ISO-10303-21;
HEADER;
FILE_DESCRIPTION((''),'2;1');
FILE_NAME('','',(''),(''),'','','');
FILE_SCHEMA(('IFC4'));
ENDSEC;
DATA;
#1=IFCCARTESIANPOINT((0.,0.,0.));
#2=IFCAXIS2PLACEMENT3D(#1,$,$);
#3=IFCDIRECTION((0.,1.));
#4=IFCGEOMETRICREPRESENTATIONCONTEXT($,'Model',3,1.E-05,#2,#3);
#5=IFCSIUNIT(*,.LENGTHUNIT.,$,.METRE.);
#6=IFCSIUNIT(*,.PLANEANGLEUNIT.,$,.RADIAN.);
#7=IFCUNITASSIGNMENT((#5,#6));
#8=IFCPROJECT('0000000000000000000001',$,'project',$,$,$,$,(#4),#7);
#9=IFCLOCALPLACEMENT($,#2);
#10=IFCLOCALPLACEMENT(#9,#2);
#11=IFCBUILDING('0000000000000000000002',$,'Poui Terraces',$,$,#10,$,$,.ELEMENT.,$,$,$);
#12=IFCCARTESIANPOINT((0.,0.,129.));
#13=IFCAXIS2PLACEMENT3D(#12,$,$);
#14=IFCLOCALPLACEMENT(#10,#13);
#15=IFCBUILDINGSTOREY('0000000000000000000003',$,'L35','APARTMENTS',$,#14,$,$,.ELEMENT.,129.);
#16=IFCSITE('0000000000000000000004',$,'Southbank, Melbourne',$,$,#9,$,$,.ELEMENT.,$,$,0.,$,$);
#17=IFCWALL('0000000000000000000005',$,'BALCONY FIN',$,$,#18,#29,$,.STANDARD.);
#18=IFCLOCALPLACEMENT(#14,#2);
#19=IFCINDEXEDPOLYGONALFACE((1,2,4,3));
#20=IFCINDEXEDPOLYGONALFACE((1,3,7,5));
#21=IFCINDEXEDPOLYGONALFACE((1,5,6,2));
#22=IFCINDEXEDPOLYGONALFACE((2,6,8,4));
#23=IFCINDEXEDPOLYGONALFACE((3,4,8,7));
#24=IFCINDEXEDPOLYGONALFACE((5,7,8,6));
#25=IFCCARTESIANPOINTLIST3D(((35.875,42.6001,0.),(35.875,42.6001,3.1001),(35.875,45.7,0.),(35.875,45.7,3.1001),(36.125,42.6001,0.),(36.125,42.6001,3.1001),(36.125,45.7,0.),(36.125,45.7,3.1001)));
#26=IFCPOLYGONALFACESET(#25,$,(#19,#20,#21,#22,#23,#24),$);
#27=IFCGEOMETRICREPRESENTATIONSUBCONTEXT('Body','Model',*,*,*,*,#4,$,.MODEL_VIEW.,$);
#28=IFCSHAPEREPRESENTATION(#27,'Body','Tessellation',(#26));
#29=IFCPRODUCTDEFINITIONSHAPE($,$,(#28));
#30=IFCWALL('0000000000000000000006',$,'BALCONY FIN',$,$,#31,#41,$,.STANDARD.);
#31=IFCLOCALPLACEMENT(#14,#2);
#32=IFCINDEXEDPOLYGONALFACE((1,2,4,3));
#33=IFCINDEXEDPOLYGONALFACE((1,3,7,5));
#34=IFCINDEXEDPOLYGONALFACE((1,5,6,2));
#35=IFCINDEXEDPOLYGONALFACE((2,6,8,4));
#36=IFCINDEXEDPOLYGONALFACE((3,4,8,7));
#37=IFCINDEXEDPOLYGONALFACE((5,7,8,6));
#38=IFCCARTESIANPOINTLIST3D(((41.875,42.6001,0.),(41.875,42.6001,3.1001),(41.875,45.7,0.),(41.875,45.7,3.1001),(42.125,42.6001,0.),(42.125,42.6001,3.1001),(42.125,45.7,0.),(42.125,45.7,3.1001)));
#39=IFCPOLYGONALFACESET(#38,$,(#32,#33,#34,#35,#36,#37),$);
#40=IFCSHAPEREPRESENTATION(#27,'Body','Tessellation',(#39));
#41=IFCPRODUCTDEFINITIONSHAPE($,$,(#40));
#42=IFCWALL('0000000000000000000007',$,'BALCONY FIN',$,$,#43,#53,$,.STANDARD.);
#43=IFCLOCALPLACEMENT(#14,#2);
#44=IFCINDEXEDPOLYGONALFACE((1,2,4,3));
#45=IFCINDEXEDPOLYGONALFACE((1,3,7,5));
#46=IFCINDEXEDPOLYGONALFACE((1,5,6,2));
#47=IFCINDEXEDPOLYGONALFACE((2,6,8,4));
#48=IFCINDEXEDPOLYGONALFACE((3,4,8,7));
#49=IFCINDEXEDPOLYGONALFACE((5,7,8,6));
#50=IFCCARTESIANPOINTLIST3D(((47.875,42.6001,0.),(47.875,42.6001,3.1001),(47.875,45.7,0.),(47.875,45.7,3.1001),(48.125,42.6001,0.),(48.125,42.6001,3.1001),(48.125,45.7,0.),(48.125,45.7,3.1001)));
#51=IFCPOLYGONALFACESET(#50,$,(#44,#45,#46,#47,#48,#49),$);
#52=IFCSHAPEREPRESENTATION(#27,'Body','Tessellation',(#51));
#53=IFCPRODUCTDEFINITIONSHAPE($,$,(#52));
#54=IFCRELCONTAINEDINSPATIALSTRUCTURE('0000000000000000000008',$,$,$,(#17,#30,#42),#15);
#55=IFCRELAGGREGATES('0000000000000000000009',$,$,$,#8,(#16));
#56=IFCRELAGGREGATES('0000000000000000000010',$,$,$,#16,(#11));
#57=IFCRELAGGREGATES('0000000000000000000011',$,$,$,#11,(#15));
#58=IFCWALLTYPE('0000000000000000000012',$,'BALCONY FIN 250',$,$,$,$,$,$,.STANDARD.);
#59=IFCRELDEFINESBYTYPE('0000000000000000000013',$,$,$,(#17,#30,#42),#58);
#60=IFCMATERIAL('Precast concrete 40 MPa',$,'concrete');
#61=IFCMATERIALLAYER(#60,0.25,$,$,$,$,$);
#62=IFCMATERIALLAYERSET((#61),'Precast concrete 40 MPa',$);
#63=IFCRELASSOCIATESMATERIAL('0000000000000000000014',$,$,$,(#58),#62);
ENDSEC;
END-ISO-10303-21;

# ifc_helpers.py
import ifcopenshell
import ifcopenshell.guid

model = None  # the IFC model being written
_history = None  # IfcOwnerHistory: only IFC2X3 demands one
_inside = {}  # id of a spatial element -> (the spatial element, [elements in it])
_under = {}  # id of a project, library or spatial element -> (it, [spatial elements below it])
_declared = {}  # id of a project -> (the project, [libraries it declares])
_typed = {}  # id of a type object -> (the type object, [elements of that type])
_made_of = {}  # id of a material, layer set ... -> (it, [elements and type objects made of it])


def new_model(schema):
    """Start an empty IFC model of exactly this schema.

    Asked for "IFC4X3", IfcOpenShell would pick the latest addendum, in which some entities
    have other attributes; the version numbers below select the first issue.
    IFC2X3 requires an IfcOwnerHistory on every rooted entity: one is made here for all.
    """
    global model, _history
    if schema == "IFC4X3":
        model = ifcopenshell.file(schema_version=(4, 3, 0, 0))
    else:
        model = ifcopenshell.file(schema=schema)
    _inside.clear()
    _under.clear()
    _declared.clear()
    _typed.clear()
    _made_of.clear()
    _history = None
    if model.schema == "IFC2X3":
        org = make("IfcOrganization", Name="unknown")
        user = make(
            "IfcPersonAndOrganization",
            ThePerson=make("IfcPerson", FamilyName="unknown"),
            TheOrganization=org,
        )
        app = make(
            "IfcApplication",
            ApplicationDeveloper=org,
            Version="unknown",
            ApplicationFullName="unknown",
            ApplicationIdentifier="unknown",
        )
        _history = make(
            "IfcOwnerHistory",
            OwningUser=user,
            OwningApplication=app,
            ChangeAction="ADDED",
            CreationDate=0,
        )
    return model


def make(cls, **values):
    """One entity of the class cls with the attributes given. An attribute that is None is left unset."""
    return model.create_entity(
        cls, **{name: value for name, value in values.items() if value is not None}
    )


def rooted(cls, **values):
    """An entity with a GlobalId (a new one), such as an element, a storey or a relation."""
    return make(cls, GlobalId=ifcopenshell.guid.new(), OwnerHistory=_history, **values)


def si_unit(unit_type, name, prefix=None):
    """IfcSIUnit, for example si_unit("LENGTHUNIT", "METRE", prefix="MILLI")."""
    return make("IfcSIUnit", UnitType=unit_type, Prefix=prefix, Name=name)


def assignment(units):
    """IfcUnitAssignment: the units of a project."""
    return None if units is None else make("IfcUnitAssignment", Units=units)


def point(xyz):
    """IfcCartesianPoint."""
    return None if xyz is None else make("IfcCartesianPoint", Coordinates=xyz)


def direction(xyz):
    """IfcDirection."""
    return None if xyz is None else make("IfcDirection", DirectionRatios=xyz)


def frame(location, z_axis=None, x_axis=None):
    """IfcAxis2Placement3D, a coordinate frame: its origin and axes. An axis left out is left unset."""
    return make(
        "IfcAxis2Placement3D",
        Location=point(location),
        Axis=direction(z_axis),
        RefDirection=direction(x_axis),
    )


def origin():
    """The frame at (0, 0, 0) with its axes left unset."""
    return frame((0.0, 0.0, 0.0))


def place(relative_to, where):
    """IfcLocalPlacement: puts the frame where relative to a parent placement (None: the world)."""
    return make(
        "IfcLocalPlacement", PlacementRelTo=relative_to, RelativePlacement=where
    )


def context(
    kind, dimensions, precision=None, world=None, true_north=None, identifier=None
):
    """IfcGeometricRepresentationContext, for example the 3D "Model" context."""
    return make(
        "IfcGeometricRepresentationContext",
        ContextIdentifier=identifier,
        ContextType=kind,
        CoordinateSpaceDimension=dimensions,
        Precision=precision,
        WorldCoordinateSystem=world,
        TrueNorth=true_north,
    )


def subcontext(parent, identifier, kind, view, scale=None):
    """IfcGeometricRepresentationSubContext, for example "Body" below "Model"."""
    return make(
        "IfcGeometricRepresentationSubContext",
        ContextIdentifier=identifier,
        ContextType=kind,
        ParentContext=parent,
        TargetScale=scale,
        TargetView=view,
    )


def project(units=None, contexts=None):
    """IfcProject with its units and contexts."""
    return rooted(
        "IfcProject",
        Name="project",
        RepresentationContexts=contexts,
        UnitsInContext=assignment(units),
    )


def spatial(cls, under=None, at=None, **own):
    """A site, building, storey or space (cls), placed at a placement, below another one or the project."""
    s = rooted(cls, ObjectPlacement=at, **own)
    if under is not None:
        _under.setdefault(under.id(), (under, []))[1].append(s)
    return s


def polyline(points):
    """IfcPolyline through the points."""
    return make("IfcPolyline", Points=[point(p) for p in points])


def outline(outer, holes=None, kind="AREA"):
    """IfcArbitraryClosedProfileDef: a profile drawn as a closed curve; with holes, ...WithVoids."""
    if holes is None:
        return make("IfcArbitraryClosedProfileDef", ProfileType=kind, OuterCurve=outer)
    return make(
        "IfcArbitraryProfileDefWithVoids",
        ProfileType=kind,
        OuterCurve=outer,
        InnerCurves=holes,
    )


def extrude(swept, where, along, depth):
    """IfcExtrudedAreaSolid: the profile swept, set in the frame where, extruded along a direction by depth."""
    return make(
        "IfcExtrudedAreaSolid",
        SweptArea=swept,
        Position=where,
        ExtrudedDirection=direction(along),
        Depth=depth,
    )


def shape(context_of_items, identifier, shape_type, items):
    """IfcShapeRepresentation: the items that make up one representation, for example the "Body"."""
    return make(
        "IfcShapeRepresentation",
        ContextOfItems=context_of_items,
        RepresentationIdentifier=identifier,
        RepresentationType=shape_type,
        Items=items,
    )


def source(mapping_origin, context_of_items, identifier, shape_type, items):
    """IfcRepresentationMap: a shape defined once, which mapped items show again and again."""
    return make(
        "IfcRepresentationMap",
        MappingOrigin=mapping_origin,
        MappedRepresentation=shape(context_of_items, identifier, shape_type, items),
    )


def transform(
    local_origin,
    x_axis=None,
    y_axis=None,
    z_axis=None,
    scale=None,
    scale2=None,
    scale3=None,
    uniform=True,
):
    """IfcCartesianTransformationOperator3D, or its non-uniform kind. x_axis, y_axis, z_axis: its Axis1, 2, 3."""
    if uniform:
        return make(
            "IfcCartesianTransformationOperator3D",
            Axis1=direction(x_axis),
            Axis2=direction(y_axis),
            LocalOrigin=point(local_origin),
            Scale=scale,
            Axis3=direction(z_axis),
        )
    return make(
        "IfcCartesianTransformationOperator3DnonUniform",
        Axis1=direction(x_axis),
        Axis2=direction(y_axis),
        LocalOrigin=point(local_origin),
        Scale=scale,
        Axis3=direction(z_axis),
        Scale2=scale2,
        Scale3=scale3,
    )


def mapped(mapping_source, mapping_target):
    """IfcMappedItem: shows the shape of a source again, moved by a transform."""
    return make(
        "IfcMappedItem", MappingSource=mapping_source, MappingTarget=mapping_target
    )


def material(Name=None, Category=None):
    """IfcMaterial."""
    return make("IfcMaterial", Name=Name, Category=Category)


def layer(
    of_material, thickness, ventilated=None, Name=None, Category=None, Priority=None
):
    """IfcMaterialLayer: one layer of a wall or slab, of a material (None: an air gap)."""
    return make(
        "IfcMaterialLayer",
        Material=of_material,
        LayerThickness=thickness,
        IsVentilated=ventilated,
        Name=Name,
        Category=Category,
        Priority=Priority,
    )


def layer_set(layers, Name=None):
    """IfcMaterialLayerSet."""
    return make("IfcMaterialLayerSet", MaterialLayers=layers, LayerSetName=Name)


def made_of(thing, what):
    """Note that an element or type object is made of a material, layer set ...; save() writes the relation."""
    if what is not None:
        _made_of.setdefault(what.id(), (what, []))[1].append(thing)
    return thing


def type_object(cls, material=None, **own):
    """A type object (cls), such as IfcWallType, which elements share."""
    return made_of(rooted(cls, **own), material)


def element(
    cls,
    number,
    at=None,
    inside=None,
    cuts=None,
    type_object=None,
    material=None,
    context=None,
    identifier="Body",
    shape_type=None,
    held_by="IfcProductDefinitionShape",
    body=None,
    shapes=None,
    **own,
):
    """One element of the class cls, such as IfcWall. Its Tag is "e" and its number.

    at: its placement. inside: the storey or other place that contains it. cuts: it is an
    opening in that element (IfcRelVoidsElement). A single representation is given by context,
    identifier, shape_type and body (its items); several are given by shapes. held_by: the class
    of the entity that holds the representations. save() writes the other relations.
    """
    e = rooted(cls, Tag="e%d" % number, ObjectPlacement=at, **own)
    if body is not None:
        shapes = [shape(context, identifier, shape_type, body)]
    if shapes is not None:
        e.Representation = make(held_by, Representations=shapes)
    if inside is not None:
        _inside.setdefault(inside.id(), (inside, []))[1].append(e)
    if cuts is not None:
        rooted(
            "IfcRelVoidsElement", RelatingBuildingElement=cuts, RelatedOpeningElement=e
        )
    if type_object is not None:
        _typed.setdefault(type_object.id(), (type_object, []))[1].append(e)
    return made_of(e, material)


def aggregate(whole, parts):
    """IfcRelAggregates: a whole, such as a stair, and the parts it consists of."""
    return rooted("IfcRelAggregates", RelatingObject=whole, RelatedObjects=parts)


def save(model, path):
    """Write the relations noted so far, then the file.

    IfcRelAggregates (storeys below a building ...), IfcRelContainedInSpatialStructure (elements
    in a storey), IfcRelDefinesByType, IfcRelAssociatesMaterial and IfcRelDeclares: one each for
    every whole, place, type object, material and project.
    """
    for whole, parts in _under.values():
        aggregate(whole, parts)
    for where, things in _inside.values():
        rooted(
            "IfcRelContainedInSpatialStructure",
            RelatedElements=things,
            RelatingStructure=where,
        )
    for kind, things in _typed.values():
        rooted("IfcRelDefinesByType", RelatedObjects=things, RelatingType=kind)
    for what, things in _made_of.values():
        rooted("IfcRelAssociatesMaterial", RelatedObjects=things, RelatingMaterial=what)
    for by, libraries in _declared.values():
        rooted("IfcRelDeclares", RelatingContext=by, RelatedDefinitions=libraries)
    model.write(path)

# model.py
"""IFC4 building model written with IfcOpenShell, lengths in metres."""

from ifc_helpers import new_model, si_unit, direction, frame, origin, place, context, subcontext, project, spatial, polyline, outline, extrude, source, transform, mapped, material, layer, layer_set, type_object, element, save


model = new_model("IFC4")

# Units and contexts
model_context = context("Model", 3, precision=1e-05, world=origin(), true_north=direction((0.0, 1.0)))
body_context = subcontext(model_context, "Body", "Model", "MODEL_VIEW")
ifc_project = project(units=[si_unit("LENGTHUNIT", "METRE"), si_unit("PLANEANGLEUNIT", "RADIAN")], contexts=[model_context])

# Site, building, storey
site_placement = place(None, origin())
site = spatial("IfcSite", under=ifc_project, at=site_placement, Name="Southbank, Melbourne", CompositionType="ELEMENT", RefElevation=0.0)
building_placement = place(site_placement, origin())
building = spatial("IfcBuilding", under=site, at=building_placement, Name="Poui Terraces", CompositionType="ELEMENT")
storey_placement = place(building_placement, frame((0.0, 0.0, 129.0)))
storey = spatial("IfcBuildingStorey", under=building, at=storey_placement, Name="L35", Description="APARTMENTS", CompositionType="ELEMENT", Elevation=129.0)

# Walls
ifc_material_1 = material(Name="Precast concrete 40 MPa", Category="concrete")
ifc_layer_1 = layer(ifc_material_1, 0.25)
ifc_layer_set_1 = layer_set([ifc_layer_1], Name="Precast concrete 40 MPa")
wall_type_1 = type_object("IfcWallType", Name="BALCONY FIN 250", PredefinedType="STANDARD", material=ifc_layer_set_1)
shared_shape_1 = source(origin(), body_context, "Body", "SweptSolid", [
    extrude(outline(polyline([(0.0, 0.0), (0.25, 0.0), (0.25, 3.0999), (0.0, 3.0999), (0.0, 0.0)])), origin(), (0.0, 0.0, 1.0), 3.1001),
])
for number, where, name in (
    (1, (35.875, 42.6001, 0.0), "BALCONY FIN"),
    (2, (41.875, 42.6001, 0.0), "BALCONY FIN"),
    (3, (47.875, 42.6001, 0.0), "BALCONY FIN"),
):
    element("IfcWall", number, at=place(storey_placement, frame(where)), inside=storey, type_object=wall_type_1, Name=name, PredefinedType="STANDARD", context=body_context, shape_type="MappedRepresentation", body=[
        mapped(shared_shape_1, transform((0.0, 0.0, 0.0))),
    ])

save(model, "model.ifc")
